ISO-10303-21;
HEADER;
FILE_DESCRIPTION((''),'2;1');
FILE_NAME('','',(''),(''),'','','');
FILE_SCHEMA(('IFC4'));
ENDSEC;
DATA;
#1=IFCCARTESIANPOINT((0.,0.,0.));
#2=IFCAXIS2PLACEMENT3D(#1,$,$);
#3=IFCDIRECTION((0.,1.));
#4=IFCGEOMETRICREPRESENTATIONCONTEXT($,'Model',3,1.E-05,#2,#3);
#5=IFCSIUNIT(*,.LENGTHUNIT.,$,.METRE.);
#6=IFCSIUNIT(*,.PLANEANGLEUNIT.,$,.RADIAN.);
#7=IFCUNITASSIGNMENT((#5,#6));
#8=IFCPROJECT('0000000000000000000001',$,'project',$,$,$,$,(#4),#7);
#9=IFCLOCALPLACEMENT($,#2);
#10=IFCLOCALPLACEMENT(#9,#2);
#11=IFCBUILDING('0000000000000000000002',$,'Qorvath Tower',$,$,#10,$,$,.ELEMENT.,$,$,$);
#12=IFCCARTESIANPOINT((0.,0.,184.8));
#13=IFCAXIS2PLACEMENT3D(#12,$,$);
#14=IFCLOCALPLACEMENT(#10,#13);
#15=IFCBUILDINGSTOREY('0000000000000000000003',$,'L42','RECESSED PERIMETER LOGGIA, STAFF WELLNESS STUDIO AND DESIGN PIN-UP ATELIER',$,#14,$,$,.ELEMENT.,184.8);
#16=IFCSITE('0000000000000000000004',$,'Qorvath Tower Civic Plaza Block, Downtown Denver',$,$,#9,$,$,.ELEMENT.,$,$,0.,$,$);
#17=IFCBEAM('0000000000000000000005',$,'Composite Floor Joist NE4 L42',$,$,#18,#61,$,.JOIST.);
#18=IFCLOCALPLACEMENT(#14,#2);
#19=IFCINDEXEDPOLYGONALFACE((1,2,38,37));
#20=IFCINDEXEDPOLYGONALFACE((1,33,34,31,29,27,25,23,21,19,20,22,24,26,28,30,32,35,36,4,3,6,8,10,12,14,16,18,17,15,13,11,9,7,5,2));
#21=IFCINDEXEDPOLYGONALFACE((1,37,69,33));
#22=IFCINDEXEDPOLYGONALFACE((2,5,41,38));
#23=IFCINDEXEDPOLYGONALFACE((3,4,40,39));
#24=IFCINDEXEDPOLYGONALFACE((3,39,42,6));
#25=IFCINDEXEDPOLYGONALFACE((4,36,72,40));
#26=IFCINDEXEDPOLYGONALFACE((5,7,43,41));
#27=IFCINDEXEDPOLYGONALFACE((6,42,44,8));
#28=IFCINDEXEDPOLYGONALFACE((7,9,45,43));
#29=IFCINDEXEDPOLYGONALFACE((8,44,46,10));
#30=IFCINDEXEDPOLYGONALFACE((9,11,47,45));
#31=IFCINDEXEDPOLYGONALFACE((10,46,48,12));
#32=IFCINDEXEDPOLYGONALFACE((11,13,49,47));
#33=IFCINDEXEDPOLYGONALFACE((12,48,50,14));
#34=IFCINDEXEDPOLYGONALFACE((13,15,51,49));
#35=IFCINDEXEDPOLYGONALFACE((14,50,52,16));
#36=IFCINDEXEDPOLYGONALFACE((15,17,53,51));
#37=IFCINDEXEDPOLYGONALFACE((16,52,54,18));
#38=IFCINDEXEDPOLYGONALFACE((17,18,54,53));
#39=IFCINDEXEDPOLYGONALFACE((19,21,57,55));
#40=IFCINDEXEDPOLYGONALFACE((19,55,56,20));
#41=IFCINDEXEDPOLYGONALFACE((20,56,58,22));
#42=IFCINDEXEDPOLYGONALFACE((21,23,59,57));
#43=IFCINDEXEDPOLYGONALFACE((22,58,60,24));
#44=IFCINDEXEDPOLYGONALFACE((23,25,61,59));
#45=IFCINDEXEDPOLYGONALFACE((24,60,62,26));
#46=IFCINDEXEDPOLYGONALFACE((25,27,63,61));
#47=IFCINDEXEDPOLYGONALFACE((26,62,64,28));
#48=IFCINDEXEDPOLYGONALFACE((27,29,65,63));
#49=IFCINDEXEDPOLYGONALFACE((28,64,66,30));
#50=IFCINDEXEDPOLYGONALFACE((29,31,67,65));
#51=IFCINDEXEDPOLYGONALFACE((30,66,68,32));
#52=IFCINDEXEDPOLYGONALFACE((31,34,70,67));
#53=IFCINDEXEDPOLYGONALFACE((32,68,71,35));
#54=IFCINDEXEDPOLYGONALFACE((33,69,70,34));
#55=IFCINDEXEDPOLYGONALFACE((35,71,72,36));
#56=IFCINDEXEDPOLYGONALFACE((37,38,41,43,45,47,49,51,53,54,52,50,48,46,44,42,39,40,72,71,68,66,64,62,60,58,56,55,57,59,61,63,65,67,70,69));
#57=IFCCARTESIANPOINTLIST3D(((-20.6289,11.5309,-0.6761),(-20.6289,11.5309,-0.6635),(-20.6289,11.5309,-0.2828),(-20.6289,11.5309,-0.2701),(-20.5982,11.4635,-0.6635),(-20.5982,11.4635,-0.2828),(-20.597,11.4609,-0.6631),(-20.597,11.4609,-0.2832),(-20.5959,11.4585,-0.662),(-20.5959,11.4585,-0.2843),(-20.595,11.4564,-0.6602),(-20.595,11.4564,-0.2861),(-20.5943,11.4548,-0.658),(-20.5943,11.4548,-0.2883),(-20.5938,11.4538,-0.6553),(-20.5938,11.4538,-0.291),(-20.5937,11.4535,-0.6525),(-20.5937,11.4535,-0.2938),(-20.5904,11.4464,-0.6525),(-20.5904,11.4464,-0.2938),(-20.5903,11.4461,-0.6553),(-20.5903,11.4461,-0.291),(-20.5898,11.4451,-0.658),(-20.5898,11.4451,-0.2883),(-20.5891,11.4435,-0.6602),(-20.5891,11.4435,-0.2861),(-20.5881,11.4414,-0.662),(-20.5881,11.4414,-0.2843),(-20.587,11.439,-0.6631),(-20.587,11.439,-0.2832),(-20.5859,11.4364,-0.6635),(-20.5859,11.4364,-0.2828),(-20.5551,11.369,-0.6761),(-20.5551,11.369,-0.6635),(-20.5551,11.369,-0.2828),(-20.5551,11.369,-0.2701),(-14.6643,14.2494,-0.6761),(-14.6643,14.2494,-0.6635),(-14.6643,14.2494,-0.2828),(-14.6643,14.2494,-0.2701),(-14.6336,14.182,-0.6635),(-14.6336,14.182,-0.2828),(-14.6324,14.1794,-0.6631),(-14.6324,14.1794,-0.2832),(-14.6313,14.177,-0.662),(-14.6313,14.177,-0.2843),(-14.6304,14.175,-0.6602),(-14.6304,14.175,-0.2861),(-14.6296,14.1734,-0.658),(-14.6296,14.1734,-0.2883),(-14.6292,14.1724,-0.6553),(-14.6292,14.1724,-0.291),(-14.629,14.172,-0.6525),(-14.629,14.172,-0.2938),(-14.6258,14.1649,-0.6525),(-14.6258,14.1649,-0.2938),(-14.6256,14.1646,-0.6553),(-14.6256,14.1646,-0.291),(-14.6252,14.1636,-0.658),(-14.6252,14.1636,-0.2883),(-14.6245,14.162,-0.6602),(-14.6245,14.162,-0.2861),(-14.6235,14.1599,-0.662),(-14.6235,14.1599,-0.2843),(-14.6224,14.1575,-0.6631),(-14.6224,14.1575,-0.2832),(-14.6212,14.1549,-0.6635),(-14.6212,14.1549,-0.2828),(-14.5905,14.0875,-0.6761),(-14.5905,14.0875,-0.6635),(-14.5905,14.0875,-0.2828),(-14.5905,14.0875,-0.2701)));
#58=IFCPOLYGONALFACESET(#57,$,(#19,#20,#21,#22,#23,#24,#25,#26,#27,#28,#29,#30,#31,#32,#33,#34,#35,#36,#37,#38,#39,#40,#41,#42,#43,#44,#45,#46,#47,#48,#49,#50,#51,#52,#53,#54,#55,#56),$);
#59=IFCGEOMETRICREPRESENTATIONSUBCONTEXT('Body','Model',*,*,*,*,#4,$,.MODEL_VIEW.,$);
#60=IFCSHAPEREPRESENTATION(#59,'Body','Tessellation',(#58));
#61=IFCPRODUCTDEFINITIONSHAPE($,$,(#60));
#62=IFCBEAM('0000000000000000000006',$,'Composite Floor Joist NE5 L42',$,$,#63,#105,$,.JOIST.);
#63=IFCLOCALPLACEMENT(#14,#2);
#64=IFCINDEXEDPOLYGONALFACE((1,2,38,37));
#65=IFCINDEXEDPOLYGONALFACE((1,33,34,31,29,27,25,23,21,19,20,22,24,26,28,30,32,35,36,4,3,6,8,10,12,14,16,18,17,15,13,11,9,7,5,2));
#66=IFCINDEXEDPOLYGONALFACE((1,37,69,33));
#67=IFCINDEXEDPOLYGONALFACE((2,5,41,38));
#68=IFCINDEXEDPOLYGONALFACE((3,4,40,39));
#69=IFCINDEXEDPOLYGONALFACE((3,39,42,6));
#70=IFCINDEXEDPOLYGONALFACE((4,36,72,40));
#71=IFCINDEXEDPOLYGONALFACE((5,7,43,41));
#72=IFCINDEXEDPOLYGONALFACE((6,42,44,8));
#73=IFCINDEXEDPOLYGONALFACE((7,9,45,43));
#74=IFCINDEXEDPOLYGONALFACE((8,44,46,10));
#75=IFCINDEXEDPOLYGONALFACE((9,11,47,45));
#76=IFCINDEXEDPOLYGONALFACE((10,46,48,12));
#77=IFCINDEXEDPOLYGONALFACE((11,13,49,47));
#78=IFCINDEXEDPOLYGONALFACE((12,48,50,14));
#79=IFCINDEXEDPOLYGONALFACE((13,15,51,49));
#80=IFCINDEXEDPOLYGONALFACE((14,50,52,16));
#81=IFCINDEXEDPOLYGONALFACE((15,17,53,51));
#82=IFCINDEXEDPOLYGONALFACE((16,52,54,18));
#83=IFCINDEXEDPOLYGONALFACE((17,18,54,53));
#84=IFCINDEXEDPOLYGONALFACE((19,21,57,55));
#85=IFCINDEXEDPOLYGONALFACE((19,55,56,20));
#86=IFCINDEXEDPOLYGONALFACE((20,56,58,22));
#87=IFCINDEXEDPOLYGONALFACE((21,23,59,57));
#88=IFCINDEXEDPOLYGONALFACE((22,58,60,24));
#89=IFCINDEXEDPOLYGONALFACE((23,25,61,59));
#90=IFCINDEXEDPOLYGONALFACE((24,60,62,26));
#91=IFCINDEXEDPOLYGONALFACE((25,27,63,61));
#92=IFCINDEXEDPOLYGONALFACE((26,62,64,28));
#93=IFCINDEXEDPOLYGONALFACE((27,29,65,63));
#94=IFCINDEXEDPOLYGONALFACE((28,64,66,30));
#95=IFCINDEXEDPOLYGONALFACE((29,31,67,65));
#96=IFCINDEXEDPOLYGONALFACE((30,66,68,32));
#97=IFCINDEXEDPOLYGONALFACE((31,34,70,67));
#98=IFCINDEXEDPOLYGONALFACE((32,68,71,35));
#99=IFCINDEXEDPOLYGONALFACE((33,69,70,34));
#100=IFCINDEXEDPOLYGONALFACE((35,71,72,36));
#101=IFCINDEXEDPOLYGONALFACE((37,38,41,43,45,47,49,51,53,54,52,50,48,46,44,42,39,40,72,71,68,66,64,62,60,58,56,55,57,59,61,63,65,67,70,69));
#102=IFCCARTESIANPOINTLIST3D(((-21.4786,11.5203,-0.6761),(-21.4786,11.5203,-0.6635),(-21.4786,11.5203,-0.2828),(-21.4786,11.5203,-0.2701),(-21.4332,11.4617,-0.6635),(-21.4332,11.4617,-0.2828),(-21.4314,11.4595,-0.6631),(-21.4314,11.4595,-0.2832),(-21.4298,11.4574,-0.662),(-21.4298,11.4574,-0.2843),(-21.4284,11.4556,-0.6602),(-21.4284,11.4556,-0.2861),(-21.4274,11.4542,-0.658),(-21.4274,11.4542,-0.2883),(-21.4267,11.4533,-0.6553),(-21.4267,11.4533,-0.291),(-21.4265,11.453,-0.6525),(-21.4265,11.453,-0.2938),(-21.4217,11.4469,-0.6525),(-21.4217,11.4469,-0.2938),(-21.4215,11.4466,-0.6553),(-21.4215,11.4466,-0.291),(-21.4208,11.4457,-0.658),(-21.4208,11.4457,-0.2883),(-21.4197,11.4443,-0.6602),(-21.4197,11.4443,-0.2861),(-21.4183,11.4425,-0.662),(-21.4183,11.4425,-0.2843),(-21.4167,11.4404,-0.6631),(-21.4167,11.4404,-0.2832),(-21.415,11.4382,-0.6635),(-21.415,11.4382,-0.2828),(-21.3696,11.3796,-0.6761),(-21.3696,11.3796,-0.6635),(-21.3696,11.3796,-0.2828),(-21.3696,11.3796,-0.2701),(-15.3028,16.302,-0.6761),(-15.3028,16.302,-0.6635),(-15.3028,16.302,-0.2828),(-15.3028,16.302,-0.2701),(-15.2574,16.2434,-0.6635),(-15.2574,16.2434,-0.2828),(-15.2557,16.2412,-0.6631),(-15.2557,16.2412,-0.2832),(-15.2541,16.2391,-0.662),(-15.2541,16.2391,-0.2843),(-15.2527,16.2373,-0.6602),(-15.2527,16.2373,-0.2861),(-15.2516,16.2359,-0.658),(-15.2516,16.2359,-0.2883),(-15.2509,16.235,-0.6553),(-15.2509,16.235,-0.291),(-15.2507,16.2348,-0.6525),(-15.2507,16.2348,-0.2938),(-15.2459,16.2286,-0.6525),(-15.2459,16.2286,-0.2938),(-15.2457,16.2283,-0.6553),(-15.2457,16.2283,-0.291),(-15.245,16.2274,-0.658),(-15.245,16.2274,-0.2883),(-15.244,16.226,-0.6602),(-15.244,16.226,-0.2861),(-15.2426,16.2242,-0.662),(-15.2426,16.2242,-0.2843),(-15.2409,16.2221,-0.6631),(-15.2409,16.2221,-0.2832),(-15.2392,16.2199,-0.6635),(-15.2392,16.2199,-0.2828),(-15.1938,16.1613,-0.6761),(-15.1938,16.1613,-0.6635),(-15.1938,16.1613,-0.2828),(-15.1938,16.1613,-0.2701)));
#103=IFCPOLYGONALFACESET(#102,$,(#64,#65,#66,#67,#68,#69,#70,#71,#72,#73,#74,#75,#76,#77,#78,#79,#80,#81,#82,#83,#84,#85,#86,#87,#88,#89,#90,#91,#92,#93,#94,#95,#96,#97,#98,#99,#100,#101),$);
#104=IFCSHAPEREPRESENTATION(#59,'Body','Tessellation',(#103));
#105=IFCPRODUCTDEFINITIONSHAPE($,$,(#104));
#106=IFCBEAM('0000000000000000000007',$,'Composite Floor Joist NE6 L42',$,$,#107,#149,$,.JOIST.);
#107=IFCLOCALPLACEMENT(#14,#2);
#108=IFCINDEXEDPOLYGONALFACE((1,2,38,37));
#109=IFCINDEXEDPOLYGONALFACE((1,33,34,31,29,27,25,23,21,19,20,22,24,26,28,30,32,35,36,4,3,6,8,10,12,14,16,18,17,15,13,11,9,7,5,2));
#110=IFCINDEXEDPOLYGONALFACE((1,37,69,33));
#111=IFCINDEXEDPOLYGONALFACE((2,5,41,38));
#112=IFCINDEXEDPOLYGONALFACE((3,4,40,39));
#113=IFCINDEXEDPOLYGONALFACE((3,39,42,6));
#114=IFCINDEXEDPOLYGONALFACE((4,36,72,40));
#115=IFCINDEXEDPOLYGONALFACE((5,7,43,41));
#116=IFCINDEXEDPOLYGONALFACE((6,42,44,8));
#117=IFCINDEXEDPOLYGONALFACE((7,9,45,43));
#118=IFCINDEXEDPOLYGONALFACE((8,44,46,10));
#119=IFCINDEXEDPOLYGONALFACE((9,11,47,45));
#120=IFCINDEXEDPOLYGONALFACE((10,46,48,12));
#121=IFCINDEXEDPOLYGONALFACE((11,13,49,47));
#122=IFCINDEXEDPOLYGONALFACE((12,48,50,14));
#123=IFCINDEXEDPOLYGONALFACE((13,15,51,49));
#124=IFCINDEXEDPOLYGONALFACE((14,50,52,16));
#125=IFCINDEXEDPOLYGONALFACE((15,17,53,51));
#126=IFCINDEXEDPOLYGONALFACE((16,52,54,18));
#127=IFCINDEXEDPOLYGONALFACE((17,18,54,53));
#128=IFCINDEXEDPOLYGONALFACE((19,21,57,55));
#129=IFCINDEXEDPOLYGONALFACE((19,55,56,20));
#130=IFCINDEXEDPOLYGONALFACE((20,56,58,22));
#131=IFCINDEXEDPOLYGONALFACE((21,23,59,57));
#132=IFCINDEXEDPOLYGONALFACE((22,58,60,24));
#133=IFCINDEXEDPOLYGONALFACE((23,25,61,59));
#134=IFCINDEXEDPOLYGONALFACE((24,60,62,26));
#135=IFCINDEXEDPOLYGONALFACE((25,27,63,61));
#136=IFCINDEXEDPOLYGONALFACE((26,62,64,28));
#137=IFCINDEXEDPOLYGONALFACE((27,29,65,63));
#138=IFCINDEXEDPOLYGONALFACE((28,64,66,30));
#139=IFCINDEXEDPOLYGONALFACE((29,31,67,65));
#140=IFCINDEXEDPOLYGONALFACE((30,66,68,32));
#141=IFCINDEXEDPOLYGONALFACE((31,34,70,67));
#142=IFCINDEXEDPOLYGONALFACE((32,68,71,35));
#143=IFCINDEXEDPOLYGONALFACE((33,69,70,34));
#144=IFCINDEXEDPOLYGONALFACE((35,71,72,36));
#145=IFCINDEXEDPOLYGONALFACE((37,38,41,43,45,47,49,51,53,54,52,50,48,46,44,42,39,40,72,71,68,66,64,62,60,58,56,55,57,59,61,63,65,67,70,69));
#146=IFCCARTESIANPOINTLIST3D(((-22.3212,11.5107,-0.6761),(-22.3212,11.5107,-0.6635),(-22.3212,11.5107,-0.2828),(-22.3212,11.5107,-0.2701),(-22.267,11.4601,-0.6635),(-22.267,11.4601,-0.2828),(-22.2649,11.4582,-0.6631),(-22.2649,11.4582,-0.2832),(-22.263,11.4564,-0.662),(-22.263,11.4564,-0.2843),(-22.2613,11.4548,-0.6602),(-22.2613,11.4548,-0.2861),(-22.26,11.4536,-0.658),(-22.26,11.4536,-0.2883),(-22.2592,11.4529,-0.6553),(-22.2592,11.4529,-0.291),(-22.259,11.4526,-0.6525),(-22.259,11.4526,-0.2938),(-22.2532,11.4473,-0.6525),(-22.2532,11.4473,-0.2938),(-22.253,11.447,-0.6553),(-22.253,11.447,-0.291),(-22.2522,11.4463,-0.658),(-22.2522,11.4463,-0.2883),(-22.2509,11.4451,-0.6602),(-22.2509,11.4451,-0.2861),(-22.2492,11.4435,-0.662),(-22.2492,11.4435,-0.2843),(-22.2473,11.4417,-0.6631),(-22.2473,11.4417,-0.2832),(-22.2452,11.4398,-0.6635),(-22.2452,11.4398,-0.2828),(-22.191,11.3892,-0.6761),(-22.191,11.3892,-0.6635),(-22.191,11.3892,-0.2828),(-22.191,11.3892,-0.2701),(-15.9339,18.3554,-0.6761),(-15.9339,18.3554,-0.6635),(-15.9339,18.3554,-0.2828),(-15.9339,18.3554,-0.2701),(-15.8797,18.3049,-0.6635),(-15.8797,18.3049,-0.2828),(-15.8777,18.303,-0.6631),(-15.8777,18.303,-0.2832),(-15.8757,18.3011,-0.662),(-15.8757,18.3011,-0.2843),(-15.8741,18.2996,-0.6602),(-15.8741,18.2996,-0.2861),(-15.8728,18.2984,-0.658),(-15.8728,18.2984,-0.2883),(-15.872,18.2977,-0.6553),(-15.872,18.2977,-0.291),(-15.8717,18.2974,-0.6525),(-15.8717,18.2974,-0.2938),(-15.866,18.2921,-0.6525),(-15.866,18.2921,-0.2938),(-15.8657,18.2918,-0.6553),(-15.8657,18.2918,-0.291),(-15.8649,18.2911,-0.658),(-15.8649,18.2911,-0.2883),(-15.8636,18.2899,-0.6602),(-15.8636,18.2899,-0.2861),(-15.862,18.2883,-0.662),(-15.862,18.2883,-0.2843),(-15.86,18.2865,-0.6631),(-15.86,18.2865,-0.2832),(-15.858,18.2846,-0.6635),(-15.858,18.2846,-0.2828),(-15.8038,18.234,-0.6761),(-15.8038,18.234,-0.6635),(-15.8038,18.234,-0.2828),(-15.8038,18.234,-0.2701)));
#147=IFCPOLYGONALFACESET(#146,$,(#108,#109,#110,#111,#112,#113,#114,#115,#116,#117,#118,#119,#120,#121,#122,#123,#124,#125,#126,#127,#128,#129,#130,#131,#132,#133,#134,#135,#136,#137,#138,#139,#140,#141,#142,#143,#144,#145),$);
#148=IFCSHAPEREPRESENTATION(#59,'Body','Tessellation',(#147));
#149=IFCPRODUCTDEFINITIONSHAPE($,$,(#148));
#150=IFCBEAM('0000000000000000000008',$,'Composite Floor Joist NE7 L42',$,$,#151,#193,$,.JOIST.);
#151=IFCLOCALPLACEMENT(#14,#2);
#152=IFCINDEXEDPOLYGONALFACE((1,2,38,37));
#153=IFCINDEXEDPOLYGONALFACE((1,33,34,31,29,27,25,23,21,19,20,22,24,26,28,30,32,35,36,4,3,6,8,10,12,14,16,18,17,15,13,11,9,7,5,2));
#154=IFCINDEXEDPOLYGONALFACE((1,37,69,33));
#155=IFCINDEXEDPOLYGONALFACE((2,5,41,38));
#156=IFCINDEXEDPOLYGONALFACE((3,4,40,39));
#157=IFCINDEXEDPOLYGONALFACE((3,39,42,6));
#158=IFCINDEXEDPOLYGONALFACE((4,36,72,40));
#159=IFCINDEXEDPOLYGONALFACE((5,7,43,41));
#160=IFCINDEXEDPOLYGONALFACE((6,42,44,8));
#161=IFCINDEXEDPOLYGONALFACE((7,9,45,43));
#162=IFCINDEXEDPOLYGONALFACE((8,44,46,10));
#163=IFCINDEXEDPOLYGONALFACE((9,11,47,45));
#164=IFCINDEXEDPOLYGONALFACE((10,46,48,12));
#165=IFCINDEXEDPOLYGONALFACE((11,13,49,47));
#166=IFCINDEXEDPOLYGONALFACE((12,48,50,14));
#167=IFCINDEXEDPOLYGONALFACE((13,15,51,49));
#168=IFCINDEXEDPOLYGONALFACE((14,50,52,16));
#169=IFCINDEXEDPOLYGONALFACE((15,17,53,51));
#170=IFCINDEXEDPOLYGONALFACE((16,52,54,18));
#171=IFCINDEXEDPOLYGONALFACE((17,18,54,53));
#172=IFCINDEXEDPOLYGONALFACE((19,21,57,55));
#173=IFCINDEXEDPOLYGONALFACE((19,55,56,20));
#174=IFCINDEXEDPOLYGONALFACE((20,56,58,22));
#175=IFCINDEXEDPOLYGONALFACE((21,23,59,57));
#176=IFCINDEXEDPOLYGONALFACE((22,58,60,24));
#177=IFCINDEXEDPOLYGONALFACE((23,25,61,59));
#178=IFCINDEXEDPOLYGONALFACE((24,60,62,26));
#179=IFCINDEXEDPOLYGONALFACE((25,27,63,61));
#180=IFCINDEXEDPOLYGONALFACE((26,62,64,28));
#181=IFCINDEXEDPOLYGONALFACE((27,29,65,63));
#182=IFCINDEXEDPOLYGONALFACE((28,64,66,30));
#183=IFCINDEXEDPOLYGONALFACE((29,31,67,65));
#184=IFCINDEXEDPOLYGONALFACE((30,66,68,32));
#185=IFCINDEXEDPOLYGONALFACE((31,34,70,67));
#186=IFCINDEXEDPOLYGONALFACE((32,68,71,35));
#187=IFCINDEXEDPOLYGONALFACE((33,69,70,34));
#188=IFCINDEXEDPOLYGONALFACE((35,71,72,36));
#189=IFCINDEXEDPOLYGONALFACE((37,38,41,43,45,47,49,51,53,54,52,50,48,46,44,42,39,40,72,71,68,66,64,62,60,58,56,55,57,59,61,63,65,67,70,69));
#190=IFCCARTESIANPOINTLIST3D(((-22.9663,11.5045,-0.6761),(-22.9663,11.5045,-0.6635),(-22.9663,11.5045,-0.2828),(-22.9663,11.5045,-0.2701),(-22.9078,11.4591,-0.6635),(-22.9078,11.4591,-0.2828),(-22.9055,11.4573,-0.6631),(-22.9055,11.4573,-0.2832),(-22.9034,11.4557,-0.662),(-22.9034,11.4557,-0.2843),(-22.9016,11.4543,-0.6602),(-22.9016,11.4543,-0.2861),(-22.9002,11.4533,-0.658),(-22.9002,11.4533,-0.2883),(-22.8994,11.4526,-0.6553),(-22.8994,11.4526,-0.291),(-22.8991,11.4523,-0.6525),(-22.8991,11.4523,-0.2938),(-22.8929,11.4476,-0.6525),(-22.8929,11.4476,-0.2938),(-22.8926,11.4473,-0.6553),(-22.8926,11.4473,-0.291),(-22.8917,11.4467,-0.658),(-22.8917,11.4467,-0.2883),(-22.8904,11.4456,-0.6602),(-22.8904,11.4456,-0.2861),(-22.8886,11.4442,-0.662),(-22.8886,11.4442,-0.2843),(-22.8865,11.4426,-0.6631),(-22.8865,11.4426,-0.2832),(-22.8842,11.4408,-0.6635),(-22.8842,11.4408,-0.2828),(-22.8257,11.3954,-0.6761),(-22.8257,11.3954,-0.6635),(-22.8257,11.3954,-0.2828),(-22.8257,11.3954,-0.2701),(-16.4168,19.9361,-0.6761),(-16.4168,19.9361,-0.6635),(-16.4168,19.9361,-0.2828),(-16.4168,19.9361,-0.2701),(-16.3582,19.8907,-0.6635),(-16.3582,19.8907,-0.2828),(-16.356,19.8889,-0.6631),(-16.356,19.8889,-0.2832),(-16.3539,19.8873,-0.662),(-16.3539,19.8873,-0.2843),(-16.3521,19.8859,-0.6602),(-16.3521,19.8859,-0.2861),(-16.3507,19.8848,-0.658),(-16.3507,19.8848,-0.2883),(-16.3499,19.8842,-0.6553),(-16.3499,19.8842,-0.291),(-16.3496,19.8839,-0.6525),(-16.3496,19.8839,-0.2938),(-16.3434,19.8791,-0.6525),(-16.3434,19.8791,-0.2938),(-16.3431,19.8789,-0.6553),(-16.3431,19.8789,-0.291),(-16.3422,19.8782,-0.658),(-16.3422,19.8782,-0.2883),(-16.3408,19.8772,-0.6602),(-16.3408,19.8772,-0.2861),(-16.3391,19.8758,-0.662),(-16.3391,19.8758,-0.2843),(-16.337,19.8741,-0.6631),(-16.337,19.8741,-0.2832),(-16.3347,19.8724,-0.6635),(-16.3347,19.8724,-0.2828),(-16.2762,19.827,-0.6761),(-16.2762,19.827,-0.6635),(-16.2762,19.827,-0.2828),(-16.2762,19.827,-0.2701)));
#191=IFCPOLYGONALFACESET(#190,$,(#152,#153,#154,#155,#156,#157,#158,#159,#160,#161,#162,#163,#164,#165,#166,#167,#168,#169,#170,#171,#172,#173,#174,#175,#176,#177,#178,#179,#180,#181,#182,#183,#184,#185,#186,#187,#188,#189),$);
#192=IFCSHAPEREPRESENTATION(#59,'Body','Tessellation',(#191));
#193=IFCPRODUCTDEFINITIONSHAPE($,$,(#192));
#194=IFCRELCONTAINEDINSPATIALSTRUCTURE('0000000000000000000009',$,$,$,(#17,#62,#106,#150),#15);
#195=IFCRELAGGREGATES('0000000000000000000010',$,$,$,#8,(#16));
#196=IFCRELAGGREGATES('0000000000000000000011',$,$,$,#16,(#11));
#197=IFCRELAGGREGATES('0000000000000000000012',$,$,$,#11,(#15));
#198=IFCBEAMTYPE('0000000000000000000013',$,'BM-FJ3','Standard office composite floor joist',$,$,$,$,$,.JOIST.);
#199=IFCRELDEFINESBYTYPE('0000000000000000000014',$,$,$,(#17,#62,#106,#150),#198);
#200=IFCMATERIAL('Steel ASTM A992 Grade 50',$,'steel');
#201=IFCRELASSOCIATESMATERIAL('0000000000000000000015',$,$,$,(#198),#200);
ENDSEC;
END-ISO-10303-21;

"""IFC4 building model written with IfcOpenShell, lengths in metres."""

from ifc_helpers import new_model, si_unit, direction, frame, origin, origin_2d, place, context, subcontext, project, spatial, i_section, extrude, material, material_profile, profile_set, type_object, element, save


model = new_model("IFC4")

# Units and contexts
model_context = context("Model", 3, precision=1e-05, world=origin(), true_north=direction((0.0, 1.0)))
body_context = subcontext(model_context, "Body", "Model", "MODEL_VIEW")
ifc_project = project(units=[si_unit("LENGTHUNIT", "METRE"), si_unit("PLANEANGLEUNIT", "RADIAN")], contexts=[model_context])

# Site, building, storey
site_placement = place(None, origin())
site = spatial("IfcSite", under=ifc_project, at=site_placement, Name="Qorvath Tower Civic Plaza Block, Downtown Denver", CompositionType="ELEMENT", RefElevation=0.0)
building_placement = place(site_placement, origin())
building = spatial("IfcBuilding", under=site, at=building_placement, Name="Qorvath Tower", CompositionType="ELEMENT")
storey_placement = place(building_placement, frame((0.0, 0.0, 184.8)))
storey = spatial("IfcBuildingStorey", under=building, at=storey_placement, Name="L42", Description="RECESSED PERIMETER LOGGIA, STAFF WELLNESS STUDIO AND DESIGN PIN-UP ATELIER", CompositionType="ELEMENT", Elevation=184.8)

# Beams
ifc_material_1 = material(Name="Steel ASTM A992 Grade 50", Category="steel")
ifc_material_profile_1 = material_profile(ifc_material_1, i_section(OverallWidth=0.178, OverallDepth=0.406, WebThickness=0.0078, FlangeThickness=0.0127, FilletRadius=0.011, at=origin_2d()), Name="W16x40")
ifc_profile_set_1 = profile_set([ifc_material_profile_1], Name="Steel ASTM A992 Grade 50")
beam_type_1 = type_object("IfcBeamType", Name="BM-FJ3", Description="Standard office composite floor joist", PredefinedType="JOIST", material=ifc_profile_set_1)
beam_1_placement = place(storey_placement, frame((-20.592, 11.45, -0.4731), z_axis=(0.909945, 0.414729, 0.0), x_axis=(-0.414729, 0.909945, 0.0)))
element("IfcBeam", 1, at=beam_1_placement, inside=storey, type_object=beam_type_1, Name="Composite Floor Joist NE4 L42", PredefinedType="JOIST", context=body_context, shape_type="SweptSolid", body=[
    extrude(i_section(OverallWidth=0.178, OverallDepth=0.406, WebThickness=0.0078, FlangeThickness=0.0127, FilletRadius=0.011, at=origin_2d()), origin(), (0.0, 0.0, 1.0), 6.5549),
])
beam_2_placement = place(storey_placement, frame((-21.4241, 11.45, -0.4731), z_axis=(0.790693, 0.612212, 0.0), x_axis=(-0.612212, 0.790693, 0.0)))
element("IfcBeam", 2, at=beam_2_placement, inside=storey, type_object=beam_type_1, Name="Composite Floor Joist NE5 L42", PredefinedType="JOIST", context=body_context, shape_type="SweptSolid", body=[
    extrude(i_section(OverallWidth=0.178, OverallDepth=0.406, WebThickness=0.0078, FlangeThickness=0.0127, FilletRadius=0.011, at=origin_2d()), origin(), (0.0, 0.0, 1.0), 7.8105),
])
beam_3_placement = place(storey_placement, frame((-22.2561, 11.45, -0.4731), z_axis=(0.682249, 0.731119, 0.0), x_axis=(-0.731119, 0.682249, 0.0)))
element("IfcBeam", 3, at=beam_3_placement, inside=storey, type_object=beam_type_1, Name="Composite Floor Joist NE6 L42", PredefinedType="JOIST", context=body_context, shape_type="SweptSolid", body=[
    extrude(i_section(OverallWidth=0.178, OverallDepth=0.406, WebThickness=0.0078, FlangeThickness=0.0127, FilletRadius=0.011, at=origin_2d()), origin(), (0.0, 0.0, 1.0), 9.3621),
])
beam_4_placement = place(storey_placement, frame((-22.896, 11.45, -0.4731), z_axis=(0.613451, 0.789733, 0.0), x_axis=(-0.789733, 0.613451, 0.0)))
element("IfcBeam", 4, at=beam_4_placement, inside=storey, type_object=beam_type_1, Name="Composite Floor Joist NE7 L42", PredefinedType="JOIST", context=body_context, shape_type="SweptSolid", body=[
    extrude(i_section(OverallWidth=0.178, OverallDepth=0.406, WebThickness=0.0078, FlangeThickness=0.0127, FilletRadius=0.011, at=origin_2d()), origin(), (0.0, 0.0, 1.0), 10.6765),
])

save(model, "model.ifc")
